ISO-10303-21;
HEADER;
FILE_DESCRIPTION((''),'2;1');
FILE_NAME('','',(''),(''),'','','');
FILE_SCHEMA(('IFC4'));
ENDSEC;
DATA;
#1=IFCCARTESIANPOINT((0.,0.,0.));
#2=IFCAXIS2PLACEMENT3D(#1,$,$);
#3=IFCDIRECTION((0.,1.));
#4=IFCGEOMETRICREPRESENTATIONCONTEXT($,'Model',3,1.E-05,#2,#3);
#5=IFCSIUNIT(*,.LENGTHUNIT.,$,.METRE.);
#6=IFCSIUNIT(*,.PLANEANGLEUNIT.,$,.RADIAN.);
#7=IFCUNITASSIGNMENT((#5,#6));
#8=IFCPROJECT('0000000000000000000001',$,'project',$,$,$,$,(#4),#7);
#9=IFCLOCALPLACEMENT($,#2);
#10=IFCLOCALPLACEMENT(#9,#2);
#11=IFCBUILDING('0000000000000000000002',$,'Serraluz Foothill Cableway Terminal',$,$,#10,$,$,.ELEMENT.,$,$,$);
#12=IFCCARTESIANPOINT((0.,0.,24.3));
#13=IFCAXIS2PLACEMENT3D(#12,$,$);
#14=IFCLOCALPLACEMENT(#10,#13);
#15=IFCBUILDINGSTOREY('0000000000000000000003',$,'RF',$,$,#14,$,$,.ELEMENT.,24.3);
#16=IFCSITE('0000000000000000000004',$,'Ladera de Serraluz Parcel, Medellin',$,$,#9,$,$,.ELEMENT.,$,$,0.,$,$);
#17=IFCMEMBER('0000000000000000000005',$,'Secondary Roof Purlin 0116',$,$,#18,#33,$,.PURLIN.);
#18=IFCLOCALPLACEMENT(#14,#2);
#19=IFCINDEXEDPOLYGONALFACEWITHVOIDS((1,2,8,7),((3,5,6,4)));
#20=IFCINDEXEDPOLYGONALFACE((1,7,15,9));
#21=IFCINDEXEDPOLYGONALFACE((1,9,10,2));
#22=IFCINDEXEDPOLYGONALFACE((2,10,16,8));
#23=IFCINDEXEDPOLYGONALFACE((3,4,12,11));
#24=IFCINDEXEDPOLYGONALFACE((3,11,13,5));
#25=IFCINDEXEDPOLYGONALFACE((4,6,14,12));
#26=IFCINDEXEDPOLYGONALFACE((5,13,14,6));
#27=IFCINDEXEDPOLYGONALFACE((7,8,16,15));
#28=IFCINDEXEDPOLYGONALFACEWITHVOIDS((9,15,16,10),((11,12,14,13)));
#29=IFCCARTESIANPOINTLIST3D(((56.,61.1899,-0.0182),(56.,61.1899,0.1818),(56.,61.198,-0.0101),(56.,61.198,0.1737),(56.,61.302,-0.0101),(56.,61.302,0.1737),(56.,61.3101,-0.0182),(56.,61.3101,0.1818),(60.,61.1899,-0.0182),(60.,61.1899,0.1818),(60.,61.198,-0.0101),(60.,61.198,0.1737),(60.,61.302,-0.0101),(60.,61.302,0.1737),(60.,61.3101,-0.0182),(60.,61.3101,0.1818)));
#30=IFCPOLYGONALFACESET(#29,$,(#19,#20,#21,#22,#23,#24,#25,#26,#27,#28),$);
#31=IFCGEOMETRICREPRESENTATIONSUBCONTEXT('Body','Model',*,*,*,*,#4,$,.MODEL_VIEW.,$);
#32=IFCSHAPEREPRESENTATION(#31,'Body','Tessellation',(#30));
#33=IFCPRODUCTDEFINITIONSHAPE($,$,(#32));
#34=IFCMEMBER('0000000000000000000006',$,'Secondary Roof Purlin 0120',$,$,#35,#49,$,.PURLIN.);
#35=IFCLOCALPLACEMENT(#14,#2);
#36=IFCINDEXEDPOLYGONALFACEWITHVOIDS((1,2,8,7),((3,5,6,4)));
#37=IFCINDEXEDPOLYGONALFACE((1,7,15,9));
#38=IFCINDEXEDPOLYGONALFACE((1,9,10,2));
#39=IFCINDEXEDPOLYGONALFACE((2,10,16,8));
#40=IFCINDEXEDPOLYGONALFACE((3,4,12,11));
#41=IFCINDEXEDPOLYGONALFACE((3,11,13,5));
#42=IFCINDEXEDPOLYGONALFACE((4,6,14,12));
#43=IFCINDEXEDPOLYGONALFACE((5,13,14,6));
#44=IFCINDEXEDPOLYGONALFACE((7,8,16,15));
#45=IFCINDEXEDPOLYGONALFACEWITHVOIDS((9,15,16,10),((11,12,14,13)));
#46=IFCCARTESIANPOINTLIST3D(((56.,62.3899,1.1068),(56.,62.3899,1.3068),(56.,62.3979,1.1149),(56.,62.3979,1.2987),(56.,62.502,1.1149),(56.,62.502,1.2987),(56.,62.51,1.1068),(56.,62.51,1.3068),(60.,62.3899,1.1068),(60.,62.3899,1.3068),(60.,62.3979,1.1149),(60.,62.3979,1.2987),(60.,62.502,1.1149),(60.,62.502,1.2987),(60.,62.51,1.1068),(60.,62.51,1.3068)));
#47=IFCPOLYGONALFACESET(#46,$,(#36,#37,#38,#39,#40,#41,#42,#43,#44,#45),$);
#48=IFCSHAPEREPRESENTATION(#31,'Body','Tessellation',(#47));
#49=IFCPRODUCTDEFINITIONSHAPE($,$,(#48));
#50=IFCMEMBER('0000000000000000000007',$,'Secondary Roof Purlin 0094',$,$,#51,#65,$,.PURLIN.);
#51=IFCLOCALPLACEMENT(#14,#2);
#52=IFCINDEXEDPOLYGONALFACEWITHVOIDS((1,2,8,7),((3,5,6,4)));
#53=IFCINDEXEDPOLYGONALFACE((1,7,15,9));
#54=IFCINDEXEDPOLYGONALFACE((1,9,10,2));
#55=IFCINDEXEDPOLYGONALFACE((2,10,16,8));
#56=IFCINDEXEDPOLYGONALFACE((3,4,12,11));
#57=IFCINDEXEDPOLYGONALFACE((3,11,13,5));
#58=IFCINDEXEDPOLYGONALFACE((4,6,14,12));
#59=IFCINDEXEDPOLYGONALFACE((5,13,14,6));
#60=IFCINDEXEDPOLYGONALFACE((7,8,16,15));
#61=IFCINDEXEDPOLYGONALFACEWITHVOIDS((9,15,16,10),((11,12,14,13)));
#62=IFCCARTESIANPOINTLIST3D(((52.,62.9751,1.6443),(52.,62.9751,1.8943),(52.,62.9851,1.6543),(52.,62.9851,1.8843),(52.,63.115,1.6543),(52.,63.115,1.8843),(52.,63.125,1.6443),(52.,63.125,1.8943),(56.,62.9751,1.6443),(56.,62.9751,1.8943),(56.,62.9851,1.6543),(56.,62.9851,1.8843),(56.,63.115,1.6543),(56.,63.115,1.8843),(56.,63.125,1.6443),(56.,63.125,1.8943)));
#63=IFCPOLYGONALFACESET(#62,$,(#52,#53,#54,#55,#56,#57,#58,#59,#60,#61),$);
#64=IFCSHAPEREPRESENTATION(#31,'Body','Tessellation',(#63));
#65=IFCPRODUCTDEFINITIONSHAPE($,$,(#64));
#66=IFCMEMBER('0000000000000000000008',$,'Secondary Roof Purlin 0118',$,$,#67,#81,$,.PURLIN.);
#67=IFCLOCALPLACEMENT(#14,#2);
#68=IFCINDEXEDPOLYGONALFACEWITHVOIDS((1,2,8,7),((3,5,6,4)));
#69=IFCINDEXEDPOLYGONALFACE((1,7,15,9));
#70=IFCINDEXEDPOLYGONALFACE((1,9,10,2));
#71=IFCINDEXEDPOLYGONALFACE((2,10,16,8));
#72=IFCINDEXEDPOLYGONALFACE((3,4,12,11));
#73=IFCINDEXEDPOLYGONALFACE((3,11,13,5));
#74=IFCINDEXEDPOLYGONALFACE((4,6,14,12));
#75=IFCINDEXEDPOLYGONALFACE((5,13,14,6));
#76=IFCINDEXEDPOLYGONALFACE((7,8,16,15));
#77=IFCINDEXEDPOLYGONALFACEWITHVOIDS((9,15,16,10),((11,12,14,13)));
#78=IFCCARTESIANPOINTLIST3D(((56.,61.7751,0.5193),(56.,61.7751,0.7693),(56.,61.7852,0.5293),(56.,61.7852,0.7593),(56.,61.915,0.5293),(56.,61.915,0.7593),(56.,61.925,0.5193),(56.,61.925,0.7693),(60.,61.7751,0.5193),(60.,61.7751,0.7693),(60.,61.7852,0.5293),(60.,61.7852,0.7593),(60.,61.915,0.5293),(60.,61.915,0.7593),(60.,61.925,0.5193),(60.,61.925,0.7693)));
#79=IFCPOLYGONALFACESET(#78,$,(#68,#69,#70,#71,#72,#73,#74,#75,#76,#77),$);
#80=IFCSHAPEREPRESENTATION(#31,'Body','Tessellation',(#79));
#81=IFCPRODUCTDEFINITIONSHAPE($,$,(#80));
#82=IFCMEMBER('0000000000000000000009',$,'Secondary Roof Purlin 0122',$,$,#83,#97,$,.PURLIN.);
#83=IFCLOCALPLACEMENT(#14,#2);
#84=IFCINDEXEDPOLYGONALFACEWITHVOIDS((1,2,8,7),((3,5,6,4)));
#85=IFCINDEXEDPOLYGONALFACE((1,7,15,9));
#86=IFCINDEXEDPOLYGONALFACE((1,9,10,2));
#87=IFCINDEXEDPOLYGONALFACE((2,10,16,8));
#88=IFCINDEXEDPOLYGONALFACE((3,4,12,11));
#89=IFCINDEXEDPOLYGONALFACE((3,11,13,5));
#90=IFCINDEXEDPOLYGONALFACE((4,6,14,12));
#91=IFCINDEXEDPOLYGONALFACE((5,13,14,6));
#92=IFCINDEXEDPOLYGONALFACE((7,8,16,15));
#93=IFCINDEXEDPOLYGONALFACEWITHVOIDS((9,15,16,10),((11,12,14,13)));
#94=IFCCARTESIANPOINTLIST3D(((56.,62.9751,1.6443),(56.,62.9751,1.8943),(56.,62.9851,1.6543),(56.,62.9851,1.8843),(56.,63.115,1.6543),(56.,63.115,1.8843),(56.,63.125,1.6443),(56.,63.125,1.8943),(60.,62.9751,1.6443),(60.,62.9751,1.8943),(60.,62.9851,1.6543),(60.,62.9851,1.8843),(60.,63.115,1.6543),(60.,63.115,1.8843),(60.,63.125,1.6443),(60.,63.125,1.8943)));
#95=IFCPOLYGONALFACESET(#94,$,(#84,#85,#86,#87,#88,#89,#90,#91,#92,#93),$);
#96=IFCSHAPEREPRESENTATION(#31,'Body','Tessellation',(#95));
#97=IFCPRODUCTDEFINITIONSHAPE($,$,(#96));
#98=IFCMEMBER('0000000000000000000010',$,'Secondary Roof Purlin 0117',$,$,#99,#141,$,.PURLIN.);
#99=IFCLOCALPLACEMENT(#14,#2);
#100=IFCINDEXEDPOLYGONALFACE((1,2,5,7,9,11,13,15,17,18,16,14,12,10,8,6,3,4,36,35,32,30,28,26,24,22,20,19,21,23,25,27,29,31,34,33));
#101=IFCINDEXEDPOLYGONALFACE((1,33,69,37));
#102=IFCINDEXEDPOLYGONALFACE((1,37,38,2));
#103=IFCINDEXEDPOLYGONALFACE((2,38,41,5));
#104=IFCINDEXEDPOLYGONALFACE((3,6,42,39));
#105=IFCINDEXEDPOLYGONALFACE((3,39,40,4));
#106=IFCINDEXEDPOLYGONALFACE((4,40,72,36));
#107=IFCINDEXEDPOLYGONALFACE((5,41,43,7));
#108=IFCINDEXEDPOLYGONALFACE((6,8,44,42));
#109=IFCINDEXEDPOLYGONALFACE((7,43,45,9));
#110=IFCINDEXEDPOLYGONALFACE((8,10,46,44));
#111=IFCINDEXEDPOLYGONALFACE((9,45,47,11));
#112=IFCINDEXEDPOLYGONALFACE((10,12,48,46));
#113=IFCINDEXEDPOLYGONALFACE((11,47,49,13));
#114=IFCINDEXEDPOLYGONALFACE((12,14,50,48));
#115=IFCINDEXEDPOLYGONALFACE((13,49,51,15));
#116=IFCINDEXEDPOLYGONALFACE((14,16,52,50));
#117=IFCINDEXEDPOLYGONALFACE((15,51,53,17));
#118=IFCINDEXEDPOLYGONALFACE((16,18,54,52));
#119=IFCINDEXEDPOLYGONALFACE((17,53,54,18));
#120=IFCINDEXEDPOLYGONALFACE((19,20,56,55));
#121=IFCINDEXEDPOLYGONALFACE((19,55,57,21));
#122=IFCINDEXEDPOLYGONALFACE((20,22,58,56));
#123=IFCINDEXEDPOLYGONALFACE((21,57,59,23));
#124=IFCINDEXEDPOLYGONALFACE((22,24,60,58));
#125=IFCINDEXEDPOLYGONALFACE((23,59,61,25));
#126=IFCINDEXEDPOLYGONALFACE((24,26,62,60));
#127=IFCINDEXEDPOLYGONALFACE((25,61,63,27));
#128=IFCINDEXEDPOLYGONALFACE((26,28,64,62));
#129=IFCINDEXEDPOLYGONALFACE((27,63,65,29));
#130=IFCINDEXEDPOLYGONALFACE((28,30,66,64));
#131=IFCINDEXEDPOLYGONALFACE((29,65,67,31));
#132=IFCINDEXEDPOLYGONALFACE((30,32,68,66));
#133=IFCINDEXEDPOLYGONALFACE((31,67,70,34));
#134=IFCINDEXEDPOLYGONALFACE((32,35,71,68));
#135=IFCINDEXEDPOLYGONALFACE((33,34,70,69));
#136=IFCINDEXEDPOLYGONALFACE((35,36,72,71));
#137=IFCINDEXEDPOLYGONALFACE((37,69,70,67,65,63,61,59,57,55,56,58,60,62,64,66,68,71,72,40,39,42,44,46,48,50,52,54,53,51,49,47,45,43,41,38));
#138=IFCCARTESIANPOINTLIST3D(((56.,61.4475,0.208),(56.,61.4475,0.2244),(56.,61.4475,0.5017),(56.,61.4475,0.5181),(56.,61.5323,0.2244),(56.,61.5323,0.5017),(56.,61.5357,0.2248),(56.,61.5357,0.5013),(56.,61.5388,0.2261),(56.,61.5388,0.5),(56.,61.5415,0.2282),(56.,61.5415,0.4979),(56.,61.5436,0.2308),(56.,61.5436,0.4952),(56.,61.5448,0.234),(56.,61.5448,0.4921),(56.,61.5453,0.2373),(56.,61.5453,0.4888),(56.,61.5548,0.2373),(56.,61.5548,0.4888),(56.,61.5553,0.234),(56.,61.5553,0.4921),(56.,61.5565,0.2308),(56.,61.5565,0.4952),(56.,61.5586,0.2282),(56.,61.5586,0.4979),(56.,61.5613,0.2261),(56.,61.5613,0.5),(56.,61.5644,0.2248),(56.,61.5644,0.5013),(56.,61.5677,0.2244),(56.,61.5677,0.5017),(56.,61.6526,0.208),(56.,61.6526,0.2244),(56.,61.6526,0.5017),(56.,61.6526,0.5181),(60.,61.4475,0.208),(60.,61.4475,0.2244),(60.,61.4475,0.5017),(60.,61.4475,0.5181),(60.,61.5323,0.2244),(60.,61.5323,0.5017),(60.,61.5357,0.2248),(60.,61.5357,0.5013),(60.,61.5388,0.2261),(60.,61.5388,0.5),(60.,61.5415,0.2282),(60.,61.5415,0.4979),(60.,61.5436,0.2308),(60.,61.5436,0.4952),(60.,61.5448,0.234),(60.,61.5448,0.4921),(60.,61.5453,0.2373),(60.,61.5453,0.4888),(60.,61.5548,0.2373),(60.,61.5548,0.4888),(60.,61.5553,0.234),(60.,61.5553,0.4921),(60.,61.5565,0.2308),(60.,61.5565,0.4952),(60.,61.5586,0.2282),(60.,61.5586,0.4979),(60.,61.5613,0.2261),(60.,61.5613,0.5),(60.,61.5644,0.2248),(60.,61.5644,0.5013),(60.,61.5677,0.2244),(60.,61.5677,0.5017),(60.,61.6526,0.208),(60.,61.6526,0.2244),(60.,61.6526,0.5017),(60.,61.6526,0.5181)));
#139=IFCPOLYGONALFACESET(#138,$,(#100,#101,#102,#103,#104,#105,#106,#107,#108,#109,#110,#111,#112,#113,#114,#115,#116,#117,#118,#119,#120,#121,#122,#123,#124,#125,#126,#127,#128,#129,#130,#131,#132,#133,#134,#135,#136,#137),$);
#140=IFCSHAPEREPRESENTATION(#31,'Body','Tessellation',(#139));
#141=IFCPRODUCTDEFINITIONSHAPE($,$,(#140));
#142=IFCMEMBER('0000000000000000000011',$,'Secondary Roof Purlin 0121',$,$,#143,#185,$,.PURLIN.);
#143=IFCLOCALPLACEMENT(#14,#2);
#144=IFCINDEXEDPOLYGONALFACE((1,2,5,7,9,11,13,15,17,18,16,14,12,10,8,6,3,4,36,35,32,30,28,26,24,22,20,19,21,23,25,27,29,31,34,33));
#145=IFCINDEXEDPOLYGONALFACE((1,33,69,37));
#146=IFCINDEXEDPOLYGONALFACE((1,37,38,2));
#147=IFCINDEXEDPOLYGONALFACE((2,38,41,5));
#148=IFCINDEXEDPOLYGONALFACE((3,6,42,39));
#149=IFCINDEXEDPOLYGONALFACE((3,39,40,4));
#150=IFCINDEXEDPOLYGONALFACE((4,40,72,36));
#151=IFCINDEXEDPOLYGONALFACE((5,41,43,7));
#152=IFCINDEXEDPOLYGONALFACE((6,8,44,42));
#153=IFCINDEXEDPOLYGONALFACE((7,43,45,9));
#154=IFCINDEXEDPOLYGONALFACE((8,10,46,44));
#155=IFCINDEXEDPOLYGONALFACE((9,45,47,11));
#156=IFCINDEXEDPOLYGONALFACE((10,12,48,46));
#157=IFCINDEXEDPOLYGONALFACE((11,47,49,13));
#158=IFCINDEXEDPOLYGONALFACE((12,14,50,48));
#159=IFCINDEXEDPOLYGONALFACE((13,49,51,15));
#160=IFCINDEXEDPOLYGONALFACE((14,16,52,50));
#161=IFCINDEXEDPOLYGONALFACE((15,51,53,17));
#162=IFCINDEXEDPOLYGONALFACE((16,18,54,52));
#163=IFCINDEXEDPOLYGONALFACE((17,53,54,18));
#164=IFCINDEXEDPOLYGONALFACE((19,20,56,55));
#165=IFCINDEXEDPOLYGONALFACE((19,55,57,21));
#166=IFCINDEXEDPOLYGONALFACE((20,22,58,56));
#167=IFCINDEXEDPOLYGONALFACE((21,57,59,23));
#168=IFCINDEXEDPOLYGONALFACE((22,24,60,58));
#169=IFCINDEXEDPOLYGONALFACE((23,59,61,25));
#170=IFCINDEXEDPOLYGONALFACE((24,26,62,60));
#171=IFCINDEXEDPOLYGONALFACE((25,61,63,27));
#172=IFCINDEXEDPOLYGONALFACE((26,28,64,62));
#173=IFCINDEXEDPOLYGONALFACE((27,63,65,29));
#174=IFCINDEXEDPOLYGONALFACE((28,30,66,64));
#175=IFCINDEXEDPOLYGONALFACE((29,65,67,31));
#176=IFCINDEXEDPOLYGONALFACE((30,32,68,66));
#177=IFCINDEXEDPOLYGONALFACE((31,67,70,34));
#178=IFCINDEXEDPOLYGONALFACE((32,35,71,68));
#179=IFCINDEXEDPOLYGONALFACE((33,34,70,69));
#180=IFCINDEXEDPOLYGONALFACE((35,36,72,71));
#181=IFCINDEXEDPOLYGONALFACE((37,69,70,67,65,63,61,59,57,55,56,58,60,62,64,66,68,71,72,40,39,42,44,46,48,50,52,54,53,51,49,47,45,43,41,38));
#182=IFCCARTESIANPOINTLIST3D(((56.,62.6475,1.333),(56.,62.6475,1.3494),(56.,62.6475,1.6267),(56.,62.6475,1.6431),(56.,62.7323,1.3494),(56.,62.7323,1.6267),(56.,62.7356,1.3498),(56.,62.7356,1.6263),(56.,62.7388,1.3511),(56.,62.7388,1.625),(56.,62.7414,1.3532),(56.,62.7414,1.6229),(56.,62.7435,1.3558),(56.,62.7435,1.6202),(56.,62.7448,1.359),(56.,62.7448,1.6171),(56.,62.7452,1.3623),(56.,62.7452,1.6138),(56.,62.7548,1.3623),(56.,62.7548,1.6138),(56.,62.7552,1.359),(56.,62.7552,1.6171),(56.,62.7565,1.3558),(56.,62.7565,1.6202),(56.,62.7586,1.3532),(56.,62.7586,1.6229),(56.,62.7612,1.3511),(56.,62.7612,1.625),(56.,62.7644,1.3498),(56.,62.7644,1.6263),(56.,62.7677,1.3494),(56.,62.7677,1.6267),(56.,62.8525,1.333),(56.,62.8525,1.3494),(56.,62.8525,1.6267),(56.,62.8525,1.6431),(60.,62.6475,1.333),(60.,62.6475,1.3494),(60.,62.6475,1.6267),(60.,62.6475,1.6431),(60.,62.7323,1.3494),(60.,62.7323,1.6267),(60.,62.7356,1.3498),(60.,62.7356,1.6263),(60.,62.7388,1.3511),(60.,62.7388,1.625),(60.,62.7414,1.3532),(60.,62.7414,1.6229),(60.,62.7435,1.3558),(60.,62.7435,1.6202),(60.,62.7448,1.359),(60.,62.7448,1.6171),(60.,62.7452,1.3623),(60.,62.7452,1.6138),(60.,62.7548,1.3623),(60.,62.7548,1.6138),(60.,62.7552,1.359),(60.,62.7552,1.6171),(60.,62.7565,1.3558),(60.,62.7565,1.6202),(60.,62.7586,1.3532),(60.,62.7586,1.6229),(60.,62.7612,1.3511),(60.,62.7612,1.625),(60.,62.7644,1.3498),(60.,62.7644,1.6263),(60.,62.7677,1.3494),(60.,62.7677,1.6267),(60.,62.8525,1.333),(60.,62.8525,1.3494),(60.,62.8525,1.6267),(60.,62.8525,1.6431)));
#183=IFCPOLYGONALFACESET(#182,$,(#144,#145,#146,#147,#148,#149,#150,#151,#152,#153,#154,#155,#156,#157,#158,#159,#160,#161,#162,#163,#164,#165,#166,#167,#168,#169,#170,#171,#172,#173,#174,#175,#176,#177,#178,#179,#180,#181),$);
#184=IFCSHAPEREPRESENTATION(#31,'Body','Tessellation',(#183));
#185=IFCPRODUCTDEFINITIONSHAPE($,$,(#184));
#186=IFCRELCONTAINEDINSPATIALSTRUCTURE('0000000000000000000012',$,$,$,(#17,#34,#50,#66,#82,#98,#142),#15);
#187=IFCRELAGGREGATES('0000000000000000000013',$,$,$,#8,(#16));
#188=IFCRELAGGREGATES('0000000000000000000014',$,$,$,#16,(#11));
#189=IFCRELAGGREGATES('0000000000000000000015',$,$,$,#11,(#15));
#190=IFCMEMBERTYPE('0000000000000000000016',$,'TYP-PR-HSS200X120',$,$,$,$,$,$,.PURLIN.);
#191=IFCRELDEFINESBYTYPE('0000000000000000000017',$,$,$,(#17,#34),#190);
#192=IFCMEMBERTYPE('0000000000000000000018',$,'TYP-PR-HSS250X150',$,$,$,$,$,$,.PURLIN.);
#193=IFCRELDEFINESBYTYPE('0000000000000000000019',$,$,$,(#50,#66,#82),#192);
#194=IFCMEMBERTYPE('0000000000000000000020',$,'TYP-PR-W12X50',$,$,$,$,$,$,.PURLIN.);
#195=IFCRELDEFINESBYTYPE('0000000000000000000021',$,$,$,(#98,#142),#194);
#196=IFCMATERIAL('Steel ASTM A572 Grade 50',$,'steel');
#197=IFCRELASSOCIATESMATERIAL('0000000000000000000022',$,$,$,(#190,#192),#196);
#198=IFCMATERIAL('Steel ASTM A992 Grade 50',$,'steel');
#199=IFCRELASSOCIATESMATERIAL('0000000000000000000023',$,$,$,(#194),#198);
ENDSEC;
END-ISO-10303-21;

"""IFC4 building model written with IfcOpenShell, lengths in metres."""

from ifc_helpers import new_model, si_unit, direction, frame, origin, origin_2d, place, context, subcontext, project, spatial, hollow_rectangle, i_section, extrude, material, material_profile, profile_set, type_object, element, save


model = new_model("IFC4")

# Units and contexts
model_context = context("Model", 3, precision=1e-05, world=origin(), true_north=direction((0.0, 1.0)))
body_context = subcontext(model_context, "Body", "Model", "MODEL_VIEW")
ifc_project = project(units=[si_unit("LENGTHUNIT", "METRE"), si_unit("PLANEANGLEUNIT", "RADIAN")], contexts=[model_context])

# Site, building, storey
site_placement = place(None, origin())
site = spatial("IfcSite", under=ifc_project, at=site_placement, Name="Ladera de Serraluz Parcel, Medellin", CompositionType="ELEMENT", RefElevation=0.0)
building_placement = place(site_placement, origin())
building = spatial("IfcBuilding", under=site, at=building_placement, Name="Serraluz Foothill Cableway Terminal", CompositionType="ELEMENT")
storey_placement = place(building_placement, frame((0.0, 0.0, 24.3)))
storey = spatial("IfcBuildingStorey", under=building, at=storey_placement, Name="RF", CompositionType="ELEMENT", Elevation=24.3)

# Members
ifc_material_1 = material(Name="Steel ASTM A572 Grade 50", Category="steel")
ifc_material_profile_1 = material_profile(ifc_material_1, hollow_rectangle(XDim=0.1201, YDim=0.2, WallThickness=0.0081, at=origin_2d()), Name="HSS200X120X8")
ifc_profile_set_1 = profile_set([ifc_material_profile_1], Name="Steel ASTM A572 Grade 50")
member_type_1 = type_object("IfcMemberType", Name="TYP-PR-HSS200X120", PredefinedType="PURLIN", material=ifc_profile_set_1)
for number, where, z_axis, x_axis, name in (
    (1, (56.0, 61.25, 0.0818), (1.0, 0.0, 0.0), (0.0, 1.0, 0.0), "Secondary Roof Purlin 0116"),
    (2, (56.0, 62.45, 1.2068), (1.0, 0.0, 0.0), (0.0, 1.0, 0.0), "Secondary Roof Purlin 0120"),
):
    element("IfcMember", number, at=place(storey_placement, frame(where, z_axis=z_axis, x_axis=x_axis)), inside=storey, type_object=member_type_1, Name=name, PredefinedType="PURLIN", context=body_context, shape_type="SweptSolid", body=[
        extrude(hollow_rectangle(XDim=0.1201, YDim=0.2, WallThickness=0.0081, at=origin_2d()), origin(), (0.0, 0.0, 1.0), 4.0),
    ])
ifc_material_profile_2 = material_profile(ifc_material_1, hollow_rectangle(XDim=0.1499, YDim=0.25, WallThickness=0.01, at=origin_2d()), Name="HSS250X150X10")
ifc_profile_set_2 = profile_set([ifc_material_profile_2], Name="Steel ASTM A572 Grade 50")
member_type_2 = type_object("IfcMemberType", Name="TYP-PR-HSS250X150", PredefinedType="PURLIN", material=ifc_profile_set_2)
for number, where, z_axis, x_axis, name in (
    (3, (52.0, 63.05, 1.7693), (1.0, 0.0, 0.0), (0.0, 1.0, 0.0), "Secondary Roof Purlin 0094"),
    (4, (56.0, 61.8501, 0.6443), (1.0, 0.0, 0.0), (0.0, 1.0, 0.0), "Secondary Roof Purlin 0118"),
    (5, (56.0, 63.05, 1.7693), (1.0, 0.0, 0.0), (0.0, 1.0, 0.0), "Secondary Roof Purlin 0122"),
):
    element("IfcMember", number, at=place(storey_placement, frame(where, z_axis=z_axis, x_axis=x_axis)), inside=storey, type_object=member_type_2, Name=name, PredefinedType="PURLIN", context=body_context, shape_type="SweptSolid", body=[
        extrude(hollow_rectangle(XDim=0.1499, YDim=0.25, WallThickness=0.01, at=origin_2d()), origin(), (0.0, 0.0, 1.0), 4.0),
    ])
ifc_material_2 = material(Name="Steel ASTM A992 Grade 50", Category="steel")
ifc_material_profile_3 = material_profile(ifc_material_2, i_section(OverallWidth=0.2051, OverallDepth=0.3101, WebThickness=0.0095, FlangeThickness=0.0164, FilletRadius=0.0129, at=origin_2d()), Name="W12X50")
ifc_profile_set_3 = profile_set([ifc_material_profile_3], Name="Steel ASTM A992 Grade 50")
member_type_3 = type_object("IfcMemberType", Name="TYP-PR-W12X50", PredefinedType="PURLIN", material=ifc_profile_set_3)
for number, where, z_axis, x_axis, name in (
    (6, (56.0, 61.55, 0.363), (1.0, 0.0, 0.0), (0.0, 1.0, 0.0), "Secondary Roof Purlin 0117"),
    (7, (56.0, 62.75, 1.488), (1.0, 0.0, 0.0), (0.0, 1.0, 0.0), "Secondary Roof Purlin 0121"),
):
    element("IfcMember", number, at=place(storey_placement, frame(where, z_axis=z_axis, x_axis=x_axis)), inside=storey, type_object=member_type_3, Name=name, PredefinedType="PURLIN", context=body_context, shape_type="SweptSolid", body=[
        extrude(i_section(OverallWidth=0.2051, OverallDepth=0.3101, WebThickness=0.0095, FlangeThickness=0.0164, FilletRadius=0.0129, at=origin_2d()), origin(), (0.0, 0.0, 1.0), 4.0),
    ])

save(model, "model.ifc")
